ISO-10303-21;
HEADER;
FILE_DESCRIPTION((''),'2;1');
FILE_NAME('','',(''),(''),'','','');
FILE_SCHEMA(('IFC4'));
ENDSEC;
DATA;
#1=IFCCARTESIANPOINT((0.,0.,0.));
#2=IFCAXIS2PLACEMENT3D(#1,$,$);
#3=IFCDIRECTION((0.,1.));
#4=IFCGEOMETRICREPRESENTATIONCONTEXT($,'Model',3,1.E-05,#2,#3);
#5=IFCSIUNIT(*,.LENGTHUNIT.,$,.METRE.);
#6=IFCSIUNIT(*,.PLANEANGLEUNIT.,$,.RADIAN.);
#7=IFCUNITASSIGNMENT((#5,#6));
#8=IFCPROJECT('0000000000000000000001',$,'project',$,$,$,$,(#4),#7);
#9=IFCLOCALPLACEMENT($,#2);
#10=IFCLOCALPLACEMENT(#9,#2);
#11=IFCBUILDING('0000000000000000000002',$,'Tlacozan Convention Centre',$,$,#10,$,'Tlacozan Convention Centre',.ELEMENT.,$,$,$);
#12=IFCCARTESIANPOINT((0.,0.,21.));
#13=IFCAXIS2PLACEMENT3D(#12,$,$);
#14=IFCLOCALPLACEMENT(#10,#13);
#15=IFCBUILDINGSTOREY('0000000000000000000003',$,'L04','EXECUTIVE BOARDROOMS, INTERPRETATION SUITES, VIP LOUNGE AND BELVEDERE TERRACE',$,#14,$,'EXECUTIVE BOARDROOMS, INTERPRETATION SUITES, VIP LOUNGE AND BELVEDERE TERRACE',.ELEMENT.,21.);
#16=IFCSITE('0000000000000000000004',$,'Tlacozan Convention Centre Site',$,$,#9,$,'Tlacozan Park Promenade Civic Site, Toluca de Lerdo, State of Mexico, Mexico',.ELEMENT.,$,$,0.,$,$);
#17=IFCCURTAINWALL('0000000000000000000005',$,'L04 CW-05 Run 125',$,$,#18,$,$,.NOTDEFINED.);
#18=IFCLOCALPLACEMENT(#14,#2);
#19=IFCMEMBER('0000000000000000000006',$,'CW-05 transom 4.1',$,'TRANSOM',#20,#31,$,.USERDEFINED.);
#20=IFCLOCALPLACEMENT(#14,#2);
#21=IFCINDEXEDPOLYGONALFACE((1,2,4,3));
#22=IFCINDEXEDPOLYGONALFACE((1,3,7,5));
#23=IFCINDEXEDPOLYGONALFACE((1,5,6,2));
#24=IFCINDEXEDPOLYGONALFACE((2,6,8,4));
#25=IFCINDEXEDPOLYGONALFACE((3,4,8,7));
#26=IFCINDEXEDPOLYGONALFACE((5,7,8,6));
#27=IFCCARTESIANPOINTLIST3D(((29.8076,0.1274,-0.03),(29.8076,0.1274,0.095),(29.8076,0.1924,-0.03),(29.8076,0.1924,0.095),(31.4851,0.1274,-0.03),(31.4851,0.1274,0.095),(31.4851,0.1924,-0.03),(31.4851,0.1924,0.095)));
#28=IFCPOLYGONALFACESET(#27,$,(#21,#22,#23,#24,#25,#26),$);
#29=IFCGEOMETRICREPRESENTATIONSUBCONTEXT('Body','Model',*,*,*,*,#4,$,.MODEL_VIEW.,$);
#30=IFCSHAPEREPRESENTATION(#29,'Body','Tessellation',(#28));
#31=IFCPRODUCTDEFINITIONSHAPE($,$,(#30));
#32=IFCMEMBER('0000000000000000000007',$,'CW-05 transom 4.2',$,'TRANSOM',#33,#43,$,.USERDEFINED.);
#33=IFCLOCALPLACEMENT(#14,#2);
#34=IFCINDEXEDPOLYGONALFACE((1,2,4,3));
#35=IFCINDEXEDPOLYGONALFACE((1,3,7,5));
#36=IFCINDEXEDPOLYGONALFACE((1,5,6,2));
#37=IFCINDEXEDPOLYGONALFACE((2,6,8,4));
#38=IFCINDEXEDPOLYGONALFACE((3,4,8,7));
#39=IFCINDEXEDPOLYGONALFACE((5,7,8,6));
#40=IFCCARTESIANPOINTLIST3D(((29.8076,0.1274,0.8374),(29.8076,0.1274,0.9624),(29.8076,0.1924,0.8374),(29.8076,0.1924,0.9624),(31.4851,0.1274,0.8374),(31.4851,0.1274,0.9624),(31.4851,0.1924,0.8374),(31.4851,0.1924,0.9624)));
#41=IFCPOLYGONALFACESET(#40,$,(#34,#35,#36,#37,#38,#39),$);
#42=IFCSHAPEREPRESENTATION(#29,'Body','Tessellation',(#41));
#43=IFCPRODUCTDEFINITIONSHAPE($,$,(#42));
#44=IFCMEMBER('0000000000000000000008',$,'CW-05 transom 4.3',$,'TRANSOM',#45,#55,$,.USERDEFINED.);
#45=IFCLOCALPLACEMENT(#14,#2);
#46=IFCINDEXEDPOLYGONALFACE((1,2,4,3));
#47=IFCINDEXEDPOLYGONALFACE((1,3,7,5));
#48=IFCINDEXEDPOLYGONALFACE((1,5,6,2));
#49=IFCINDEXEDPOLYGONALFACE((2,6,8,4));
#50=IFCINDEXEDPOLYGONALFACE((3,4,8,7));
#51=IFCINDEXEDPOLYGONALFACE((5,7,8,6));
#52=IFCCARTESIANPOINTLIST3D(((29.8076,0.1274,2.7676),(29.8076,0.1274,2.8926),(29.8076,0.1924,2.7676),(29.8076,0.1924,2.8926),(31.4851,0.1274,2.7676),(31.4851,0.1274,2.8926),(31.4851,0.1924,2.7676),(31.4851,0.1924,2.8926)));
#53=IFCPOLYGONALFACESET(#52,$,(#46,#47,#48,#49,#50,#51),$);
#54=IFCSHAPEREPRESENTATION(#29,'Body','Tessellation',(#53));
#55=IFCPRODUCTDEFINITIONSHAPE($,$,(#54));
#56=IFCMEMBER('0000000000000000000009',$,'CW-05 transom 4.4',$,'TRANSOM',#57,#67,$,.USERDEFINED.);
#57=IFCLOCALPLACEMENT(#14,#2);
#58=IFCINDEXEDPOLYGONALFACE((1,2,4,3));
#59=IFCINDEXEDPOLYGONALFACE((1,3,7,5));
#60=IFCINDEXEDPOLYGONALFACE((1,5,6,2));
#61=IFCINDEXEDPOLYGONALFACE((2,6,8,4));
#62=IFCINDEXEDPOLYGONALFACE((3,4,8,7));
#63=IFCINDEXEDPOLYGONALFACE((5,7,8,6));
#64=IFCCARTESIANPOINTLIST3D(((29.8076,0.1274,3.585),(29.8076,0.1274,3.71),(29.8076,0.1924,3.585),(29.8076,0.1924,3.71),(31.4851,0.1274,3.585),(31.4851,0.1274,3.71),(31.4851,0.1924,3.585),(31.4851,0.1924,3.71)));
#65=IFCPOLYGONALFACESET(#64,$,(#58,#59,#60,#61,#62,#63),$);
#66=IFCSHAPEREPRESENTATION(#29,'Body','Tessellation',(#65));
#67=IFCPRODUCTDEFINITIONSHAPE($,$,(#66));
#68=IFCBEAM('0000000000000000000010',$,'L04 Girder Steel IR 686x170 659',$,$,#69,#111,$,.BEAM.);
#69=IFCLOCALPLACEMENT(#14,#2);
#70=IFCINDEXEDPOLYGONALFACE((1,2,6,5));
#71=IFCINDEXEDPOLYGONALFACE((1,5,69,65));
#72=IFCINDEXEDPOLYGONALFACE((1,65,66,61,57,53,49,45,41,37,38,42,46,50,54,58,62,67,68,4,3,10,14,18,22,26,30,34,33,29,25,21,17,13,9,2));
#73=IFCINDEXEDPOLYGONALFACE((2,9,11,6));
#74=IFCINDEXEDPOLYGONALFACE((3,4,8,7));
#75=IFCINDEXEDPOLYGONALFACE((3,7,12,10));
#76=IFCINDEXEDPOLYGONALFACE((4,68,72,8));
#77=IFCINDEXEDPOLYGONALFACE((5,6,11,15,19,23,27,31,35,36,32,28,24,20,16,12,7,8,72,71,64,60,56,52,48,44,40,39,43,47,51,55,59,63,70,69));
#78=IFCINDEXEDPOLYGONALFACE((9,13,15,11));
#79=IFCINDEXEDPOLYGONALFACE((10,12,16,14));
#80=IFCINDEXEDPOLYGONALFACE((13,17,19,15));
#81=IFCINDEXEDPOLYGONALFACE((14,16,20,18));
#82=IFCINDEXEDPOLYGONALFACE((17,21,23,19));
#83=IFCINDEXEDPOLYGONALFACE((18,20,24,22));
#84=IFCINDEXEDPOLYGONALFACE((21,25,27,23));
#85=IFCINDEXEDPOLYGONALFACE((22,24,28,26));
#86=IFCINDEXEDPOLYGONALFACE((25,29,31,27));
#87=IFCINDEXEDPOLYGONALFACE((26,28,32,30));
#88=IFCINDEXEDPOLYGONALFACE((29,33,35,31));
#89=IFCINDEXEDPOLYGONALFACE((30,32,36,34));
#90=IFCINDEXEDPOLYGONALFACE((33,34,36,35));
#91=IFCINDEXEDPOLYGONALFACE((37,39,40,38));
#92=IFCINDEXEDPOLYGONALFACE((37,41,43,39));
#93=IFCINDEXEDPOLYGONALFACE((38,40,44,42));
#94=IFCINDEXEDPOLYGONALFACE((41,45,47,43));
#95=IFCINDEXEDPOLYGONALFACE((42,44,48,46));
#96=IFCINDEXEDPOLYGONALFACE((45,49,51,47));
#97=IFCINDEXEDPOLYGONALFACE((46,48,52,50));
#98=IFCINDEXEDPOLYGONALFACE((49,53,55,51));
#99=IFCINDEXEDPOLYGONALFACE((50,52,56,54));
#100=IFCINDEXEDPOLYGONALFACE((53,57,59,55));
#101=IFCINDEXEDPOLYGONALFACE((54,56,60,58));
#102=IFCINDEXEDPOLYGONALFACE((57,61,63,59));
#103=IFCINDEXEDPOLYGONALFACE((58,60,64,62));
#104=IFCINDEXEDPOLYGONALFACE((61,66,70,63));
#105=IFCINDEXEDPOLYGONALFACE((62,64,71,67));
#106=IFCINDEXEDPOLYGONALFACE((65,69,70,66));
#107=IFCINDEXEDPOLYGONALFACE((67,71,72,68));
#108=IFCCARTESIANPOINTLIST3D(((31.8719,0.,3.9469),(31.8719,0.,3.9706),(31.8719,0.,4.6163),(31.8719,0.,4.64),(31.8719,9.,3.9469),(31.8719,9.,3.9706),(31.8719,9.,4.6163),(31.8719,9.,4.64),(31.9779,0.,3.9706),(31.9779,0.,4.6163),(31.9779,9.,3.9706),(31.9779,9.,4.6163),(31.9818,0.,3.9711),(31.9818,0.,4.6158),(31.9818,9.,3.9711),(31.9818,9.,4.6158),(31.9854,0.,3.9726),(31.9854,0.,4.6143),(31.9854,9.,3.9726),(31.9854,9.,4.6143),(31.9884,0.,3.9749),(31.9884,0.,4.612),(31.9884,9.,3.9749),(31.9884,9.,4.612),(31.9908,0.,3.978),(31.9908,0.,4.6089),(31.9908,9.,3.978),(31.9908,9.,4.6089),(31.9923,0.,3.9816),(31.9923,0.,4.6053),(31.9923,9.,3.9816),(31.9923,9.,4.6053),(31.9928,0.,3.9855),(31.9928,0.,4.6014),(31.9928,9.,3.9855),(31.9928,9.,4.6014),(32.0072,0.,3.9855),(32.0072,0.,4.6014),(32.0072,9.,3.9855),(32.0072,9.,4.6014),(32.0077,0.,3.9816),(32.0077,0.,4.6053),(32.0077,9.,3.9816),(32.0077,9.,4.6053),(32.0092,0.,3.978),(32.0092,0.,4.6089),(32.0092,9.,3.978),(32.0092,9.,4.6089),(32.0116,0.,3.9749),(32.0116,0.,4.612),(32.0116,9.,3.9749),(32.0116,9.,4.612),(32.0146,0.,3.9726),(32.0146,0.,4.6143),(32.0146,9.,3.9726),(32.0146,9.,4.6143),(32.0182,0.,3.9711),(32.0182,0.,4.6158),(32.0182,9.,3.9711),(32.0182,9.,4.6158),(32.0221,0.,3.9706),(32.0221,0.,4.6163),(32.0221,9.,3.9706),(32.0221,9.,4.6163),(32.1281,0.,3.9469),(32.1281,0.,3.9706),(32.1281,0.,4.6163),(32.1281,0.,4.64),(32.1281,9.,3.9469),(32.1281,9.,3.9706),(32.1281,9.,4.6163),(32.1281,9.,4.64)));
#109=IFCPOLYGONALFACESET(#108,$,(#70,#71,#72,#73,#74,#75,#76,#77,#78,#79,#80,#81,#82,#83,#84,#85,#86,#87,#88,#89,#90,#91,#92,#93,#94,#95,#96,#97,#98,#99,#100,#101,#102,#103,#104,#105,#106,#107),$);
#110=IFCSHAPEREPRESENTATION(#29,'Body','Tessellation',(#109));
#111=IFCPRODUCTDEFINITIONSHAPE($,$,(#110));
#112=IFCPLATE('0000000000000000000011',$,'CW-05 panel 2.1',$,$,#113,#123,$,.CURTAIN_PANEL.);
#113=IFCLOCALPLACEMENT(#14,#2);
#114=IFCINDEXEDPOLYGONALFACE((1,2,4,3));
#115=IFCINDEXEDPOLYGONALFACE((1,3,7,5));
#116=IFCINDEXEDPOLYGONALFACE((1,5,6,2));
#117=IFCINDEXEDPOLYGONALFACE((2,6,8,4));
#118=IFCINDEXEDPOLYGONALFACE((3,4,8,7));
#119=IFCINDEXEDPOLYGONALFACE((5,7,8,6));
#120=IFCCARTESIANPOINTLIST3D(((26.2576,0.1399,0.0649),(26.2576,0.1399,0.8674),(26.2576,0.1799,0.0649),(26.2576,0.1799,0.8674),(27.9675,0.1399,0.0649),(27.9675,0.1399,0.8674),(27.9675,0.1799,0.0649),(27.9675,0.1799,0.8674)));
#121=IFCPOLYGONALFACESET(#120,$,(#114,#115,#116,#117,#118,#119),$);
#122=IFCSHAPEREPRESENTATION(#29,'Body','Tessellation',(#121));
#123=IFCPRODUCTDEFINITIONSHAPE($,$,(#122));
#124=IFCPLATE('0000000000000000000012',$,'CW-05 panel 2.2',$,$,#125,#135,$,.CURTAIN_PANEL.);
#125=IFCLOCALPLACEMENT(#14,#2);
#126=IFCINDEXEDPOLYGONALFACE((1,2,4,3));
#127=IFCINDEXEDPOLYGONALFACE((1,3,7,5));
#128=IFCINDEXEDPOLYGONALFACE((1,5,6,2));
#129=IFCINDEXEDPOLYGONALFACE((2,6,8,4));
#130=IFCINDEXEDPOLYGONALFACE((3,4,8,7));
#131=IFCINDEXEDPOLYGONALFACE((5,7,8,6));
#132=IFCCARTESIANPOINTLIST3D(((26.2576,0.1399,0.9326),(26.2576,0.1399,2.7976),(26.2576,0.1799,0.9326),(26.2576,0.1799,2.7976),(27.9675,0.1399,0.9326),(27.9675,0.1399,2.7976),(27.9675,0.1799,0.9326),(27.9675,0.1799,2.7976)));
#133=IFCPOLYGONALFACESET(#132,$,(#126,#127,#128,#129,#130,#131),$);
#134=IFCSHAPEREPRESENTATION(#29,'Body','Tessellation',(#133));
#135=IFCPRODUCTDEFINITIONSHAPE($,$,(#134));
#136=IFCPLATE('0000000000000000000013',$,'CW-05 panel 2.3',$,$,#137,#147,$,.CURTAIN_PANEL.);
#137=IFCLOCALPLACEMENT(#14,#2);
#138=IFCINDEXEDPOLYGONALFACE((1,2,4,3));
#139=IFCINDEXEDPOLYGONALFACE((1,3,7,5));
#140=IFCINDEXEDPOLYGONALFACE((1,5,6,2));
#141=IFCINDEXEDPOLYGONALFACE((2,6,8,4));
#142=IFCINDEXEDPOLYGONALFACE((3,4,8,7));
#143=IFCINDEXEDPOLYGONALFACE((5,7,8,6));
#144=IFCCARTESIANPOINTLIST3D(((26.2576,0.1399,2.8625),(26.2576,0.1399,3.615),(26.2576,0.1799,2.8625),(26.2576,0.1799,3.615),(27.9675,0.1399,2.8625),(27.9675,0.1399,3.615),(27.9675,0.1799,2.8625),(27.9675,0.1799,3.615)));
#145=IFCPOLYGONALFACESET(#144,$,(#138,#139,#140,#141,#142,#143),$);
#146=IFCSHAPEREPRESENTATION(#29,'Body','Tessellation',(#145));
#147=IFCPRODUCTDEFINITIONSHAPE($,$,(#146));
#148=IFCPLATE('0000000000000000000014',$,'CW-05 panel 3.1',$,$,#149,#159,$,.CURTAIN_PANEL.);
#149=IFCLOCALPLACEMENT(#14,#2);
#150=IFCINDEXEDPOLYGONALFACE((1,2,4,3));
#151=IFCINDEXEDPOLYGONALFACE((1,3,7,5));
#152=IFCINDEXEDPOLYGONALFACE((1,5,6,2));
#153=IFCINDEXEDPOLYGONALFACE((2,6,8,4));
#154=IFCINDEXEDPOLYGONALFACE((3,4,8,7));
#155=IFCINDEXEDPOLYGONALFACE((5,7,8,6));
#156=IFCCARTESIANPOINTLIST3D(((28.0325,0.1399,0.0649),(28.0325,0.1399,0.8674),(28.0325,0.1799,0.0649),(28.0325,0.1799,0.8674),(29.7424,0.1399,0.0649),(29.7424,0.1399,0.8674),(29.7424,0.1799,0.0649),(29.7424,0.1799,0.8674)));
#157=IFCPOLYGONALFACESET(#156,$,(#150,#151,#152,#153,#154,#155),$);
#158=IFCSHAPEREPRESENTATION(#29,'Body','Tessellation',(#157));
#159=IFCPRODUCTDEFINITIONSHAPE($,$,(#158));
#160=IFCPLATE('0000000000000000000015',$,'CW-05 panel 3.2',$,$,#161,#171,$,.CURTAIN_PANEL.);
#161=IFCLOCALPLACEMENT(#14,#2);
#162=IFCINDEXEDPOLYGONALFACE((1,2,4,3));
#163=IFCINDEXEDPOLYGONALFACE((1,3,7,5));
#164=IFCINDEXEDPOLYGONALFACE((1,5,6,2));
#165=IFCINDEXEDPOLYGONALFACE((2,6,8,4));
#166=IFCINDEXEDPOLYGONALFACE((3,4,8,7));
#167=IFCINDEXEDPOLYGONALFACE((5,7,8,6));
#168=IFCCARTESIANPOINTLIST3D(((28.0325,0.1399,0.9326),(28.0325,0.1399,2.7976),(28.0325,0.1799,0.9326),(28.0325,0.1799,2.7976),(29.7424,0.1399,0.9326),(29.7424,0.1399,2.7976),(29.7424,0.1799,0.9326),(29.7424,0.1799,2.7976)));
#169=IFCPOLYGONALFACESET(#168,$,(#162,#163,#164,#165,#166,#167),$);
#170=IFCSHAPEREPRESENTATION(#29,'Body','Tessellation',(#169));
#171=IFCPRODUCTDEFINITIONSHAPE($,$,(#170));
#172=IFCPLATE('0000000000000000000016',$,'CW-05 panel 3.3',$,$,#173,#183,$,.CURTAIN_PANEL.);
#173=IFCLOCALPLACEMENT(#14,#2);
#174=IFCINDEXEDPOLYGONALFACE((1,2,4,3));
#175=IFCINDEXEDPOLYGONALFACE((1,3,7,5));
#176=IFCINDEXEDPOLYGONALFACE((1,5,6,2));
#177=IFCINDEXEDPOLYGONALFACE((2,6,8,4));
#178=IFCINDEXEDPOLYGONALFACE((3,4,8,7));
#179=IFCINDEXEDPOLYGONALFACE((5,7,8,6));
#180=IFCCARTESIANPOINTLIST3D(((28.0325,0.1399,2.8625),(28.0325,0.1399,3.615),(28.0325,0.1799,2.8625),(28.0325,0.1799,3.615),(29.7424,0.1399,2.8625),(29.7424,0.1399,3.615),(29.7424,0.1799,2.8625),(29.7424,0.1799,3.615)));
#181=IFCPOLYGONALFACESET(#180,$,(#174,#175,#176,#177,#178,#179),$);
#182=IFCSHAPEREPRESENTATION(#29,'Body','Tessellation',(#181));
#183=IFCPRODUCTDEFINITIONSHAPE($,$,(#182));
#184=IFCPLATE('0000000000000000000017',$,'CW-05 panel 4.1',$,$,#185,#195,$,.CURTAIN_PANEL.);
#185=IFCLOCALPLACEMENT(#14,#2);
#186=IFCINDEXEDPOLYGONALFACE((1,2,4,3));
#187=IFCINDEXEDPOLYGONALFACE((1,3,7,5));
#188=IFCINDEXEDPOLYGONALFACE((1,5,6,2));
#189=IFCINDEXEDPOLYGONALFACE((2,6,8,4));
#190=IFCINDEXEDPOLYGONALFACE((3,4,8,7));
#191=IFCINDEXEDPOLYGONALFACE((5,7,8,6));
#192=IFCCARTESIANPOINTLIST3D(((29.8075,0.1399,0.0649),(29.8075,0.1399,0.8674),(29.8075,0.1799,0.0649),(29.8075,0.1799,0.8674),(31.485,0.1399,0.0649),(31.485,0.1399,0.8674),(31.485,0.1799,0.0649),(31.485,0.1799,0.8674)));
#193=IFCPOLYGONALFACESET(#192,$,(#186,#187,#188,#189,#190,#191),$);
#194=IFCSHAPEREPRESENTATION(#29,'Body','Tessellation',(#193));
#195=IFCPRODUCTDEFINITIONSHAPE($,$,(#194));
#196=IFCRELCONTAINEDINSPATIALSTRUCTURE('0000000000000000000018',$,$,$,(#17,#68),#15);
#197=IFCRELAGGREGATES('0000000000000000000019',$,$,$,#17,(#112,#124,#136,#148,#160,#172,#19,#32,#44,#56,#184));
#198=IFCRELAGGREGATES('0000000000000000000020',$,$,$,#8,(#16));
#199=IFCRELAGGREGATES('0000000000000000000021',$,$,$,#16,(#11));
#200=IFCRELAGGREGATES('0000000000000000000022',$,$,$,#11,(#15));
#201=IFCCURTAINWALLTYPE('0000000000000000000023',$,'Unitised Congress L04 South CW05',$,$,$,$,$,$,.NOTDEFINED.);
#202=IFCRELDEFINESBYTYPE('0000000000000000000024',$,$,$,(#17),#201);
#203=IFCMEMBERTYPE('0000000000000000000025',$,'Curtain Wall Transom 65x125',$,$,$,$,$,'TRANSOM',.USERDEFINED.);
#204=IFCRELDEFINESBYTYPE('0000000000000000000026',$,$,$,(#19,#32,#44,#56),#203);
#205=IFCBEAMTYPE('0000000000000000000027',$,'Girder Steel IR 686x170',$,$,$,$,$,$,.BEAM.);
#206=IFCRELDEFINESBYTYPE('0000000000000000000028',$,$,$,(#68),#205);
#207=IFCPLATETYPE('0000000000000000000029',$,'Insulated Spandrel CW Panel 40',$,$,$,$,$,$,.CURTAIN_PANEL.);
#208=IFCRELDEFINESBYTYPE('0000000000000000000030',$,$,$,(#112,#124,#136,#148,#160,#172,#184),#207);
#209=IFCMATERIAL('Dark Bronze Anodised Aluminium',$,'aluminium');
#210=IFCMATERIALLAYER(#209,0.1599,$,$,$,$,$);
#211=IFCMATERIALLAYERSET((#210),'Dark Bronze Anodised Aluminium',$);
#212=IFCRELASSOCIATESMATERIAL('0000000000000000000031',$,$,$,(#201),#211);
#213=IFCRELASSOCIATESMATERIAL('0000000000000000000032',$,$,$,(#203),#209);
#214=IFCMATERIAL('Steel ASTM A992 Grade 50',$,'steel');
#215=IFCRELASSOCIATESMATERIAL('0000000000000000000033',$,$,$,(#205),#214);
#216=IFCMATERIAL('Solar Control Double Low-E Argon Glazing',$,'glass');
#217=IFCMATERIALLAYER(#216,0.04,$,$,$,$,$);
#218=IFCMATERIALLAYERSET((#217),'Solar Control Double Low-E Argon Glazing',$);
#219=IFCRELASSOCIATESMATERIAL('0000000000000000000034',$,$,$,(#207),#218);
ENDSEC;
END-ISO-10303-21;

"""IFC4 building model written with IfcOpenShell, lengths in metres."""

from ifc_helpers import new_model, si_unit, direction, frame, origin, origin_2d, place, context, subcontext, project, spatial, rectangle, i_section, extrude, material, layer, layer_set, material_profile, profile_set, type_object, element, aggregate, save


model = new_model("IFC4")

# Units and contexts
model_context = context("Model", 3, precision=1e-05, world=origin(), true_north=direction((0.0, 1.0)))
body_context = subcontext(model_context, "Body", "Model", "MODEL_VIEW")
ifc_project = project(units=[si_unit("LENGTHUNIT", "METRE"), si_unit("PLANEANGLEUNIT", "RADIAN")], contexts=[model_context])

# Site, building, storey
site_placement = place(None, origin())
site = spatial("IfcSite", under=ifc_project, at=site_placement, Name="Tlacozan Convention Centre Site", LongName="Tlacozan Park Promenade Civic Site, Toluca de Lerdo, State of Mexico, Mexico", CompositionType="ELEMENT", RefElevation=0.0)
building_placement = place(site_placement, origin())
building = spatial("IfcBuilding", under=site, at=building_placement, Name="Tlacozan Convention Centre", LongName="Tlacozan Convention Centre", CompositionType="ELEMENT")
storey_placement = place(building_placement, frame((0.0, 0.0, 21.0)))
storey = spatial("IfcBuildingStorey", under=building, at=storey_placement, Name="L04", Description="EXECUTIVE BOARDROOMS, INTERPRETATION SUITES, VIP LOUNGE AND BELVEDERE TERRACE", LongName="EXECUTIVE BOARDROOMS, INTERPRETATION SUITES, VIP LOUNGE AND BELVEDERE TERRACE", CompositionType="ELEMENT", Elevation=21.0)

# Curtain wall, members
ifc_material_1 = material(Name="Dark Bronze Anodised Aluminium", Category="aluminium")
ifc_layer_1 = layer(ifc_material_1, 0.1599)
ifc_layer_set_1 = layer_set([ifc_layer_1], Name="Dark Bronze Anodised Aluminium")
curtain_wall_type = type_object("IfcCurtainWallType", Name="Unitised Congress L04 South CW05", PredefinedType="NOTDEFINED", material=ifc_layer_set_1)
curtain_wall_placement = place(storey_placement, origin())
curtain_wall = element("IfcCurtainWall", 1, at=curtain_wall_placement, inside=storey, type_object=curtain_wall_type, Name="L04 CW-05 Run 125", PredefinedType="NOTDEFINED")
ifc_material_profile_1 = material_profile(ifc_material_1, rectangle(XDim=0.0649, YDim=0.125, at=origin_2d()), Name="ALU 65x125")
ifc_profile_set_1 = profile_set([ifc_material_profile_1], Name="Dark Bronze Anodised Aluminium")
member_type_1 = type_object("IfcMemberType", Name="Curtain Wall Transom 65x125", ElementType="TRANSOM", PredefinedType="USERDEFINED", material=ifc_profile_set_1)
member_1_placement = place(storey_placement, frame((29.8076, 0.1599, 0.0325), z_axis=(1.0, 0.0, 0.0), x_axis=(0.0, 1.0, 0.0)))
member_1 = element("IfcMember", 2, at=member_1_placement, type_object=member_type_1, Name="CW-05 transom 4.1", ObjectType="TRANSOM", PredefinedType="USERDEFINED", context=body_context, shape_type="SweptSolid", body=[
    extrude(rectangle(XDim=0.0649, YDim=0.125, at=origin_2d()), origin(), (0.0, 0.0, 1.0), 1.6775),
])
member_2_placement = place(storey_placement, frame((29.8076, 0.1599, 0.8999), z_axis=(1.0, 0.0, 0.0), x_axis=(0.0, 1.0, 0.0)))
member_2 = element("IfcMember", 3, at=member_2_placement, type_object=member_type_1, Name="CW-05 transom 4.2", ObjectType="TRANSOM", PredefinedType="USERDEFINED", context=body_context, shape_type="SweptSolid", body=[
    extrude(rectangle(XDim=0.0649, YDim=0.125, at=origin_2d()), origin(), (0.0, 0.0, 1.0), 1.6775),
])
member_3_placement = place(storey_placement, frame((29.8076, 0.1599, 2.8301), z_axis=(1.0, 0.0, 0.0), x_axis=(0.0, 1.0, 0.0)))
member_3 = element("IfcMember", 4, at=member_3_placement, type_object=member_type_1, Name="CW-05 transom 4.3", ObjectType="TRANSOM", PredefinedType="USERDEFINED", context=body_context, shape_type="SweptSolid", body=[
    extrude(rectangle(XDim=0.0649, YDim=0.125, at=origin_2d()), origin(), (0.0, 0.0, 1.0), 1.6775),
])
member_4_placement = place(storey_placement, frame((29.8076, 0.1599, 3.6475), z_axis=(1.0, 0.0, 0.0), x_axis=(0.0, 1.0, 0.0)))
member_4 = element("IfcMember", 5, at=member_4_placement, type_object=member_type_1, Name="CW-05 transom 4.4", ObjectType="TRANSOM", PredefinedType="USERDEFINED", context=body_context, shape_type="SweptSolid", body=[
    extrude(rectangle(XDim=0.0649, YDim=0.125, at=origin_2d()), origin(), (0.0, 0.0, 1.0), 1.6775),
])

# Beam
ifc_material_2 = material(Name="Steel ASTM A992 Grade 50", Category="steel")
ifc_material_profile_2 = material_profile(ifc_material_2, i_section(OverallWidth=0.2561, OverallDepth=0.6931, WebThickness=0.0144, FlangeThickness=0.0237, FilletRadius=0.0149, at=origin_2d()), Name="IR 686x170.0")
ifc_profile_set_2 = profile_set([ifc_material_profile_2], Name="Steel ASTM A992 Grade 50")
beam_type = type_object("IfcBeamType", Name="Girder Steel IR 686x170", PredefinedType="BEAM", material=ifc_profile_set_2)
beam_placement = place(storey_placement, frame((32.0, 0.0, 4.2935), z_axis=(0.0, 1.0, 0.0), x_axis=(-1.0, 0.0, 0.0)))
element("IfcBeam", 6, at=beam_placement, inside=storey, type_object=beam_type, Name="L04 Girder Steel IR 686x170 659", PredefinedType="BEAM", context=body_context, shape_type="SweptSolid", body=[
    extrude(i_section(OverallWidth=0.2561, OverallDepth=0.6931, WebThickness=0.0144, FlangeThickness=0.0237, FilletRadius=0.0149, at=origin_2d()), origin(), (0.0, 0.0, 1.0), 9.0),
])

# Plates
ifc_material_3 = material(Name="Solar Control Double Low-E Argon Glazing", Category="glass")
ifc_layer_2 = layer(ifc_material_3, 0.04)
ifc_layer_set_2 = layer_set([ifc_layer_2], Name="Solar Control Double Low-E Argon Glazing")
plate_type = type_object("IfcPlateType", Name="Insulated Spandrel CW Panel 40", PredefinedType="CURTAIN_PANEL", material=ifc_layer_set_2)
plate_1_placement = place(storey_placement, frame((27.1125, 0.1599, 0.0649), z_axis=(0.0, 0.0, 1.0), x_axis=(1.0, 0.0, 0.0)))
plate_1 = element("IfcPlate", 7, at=plate_1_placement, type_object=plate_type, Name="CW-05 panel 2.1", PredefinedType="CURTAIN_PANEL", context=body_context, shape_type="SweptSolid", body=[
    extrude(rectangle(XDim=1.71, YDim=0.04, at=origin_2d()), origin(), (0.0, 0.0, 1.0), 0.8025),
])
plate_2_placement = place(storey_placement, frame((27.1125, 0.1599, 0.9326), z_axis=(0.0, 0.0, 1.0), x_axis=(1.0, 0.0, 0.0)))
plate_2 = element("IfcPlate", 8, at=plate_2_placement, type_object=plate_type, Name="CW-05 panel 2.2", PredefinedType="CURTAIN_PANEL", context=body_context, shape_type="SweptSolid", body=[
    extrude(rectangle(XDim=1.71, YDim=0.04, at=origin_2d()), origin(), (0.0, 0.0, 1.0), 1.865),
])
plate_3_placement = place(storey_placement, frame((27.1125, 0.1599, 2.8625), z_axis=(0.0, 0.0, 1.0), x_axis=(1.0, 0.0, 0.0)))
plate_3 = element("IfcPlate", 9, at=plate_3_placement, type_object=plate_type, Name="CW-05 panel 2.3", PredefinedType="CURTAIN_PANEL", context=body_context, shape_type="SweptSolid", body=[
    extrude(rectangle(XDim=1.71, YDim=0.04, at=origin_2d()), origin(), (0.0, 0.0, 1.0), 0.7524),
])
plate_4_placement = place(storey_placement, frame((28.8875, 0.1599, 0.0649), z_axis=(0.0, 0.0, 1.0), x_axis=(1.0, 0.0, 0.0)))
plate_4 = element("IfcPlate", 10, at=plate_4_placement, type_object=plate_type, Name="CW-05 panel 3.1", PredefinedType="CURTAIN_PANEL", context=body_context, shape_type="SweptSolid", body=[
    extrude(rectangle(XDim=1.71, YDim=0.04, at=origin_2d()), origin(), (0.0, 0.0, 1.0), 0.8025),
])
plate_5_placement = place(storey_placement, frame((28.8875, 0.1599, 0.9326), z_axis=(0.0, 0.0, 1.0), x_axis=(1.0, 0.0, 0.0)))
plate_5 = element("IfcPlate", 11, at=plate_5_placement, type_object=plate_type, Name="CW-05 panel 3.2", PredefinedType="CURTAIN_PANEL", context=body_context, shape_type="SweptSolid", body=[
    extrude(rectangle(XDim=1.71, YDim=0.04, at=origin_2d()), origin(), (0.0, 0.0, 1.0), 1.865),
])
plate_6_placement = place(storey_placement, frame((28.8875, 0.1599, 2.8625), z_axis=(0.0, 0.0, 1.0), x_axis=(1.0, 0.0, 0.0)))
plate_6 = element("IfcPlate", 12, at=plate_6_placement, type_object=plate_type, Name="CW-05 panel 3.3", PredefinedType="CURTAIN_PANEL", context=body_context, shape_type="SweptSolid", body=[
    extrude(rectangle(XDim=1.71, YDim=0.04, at=origin_2d()), origin(), (0.0, 0.0, 1.0), 0.7524),
])
plate_7_placement = place(storey_placement, frame((30.6462, 0.1599, 0.0649), z_axis=(0.0, 0.0, 1.0), x_axis=(1.0, 0.0, 0.0)))
plate_7 = element("IfcPlate", 13, at=plate_7_placement, type_object=plate_type, Name="CW-05 panel 4.1", PredefinedType="CURTAIN_PANEL", context=body_context, shape_type="SweptSolid", body=[
    extrude(rectangle(XDim=1.6775, YDim=0.04, at=origin_2d()), origin(), (0.0, 0.0, 1.0), 0.8025),
])
aggregate(curtain_wall, [plate_1, plate_2, plate_3, plate_4, plate_5, plate_6, member_1, member_2, member_3, member_4, plate_7])

save(model, "model.ifc")
